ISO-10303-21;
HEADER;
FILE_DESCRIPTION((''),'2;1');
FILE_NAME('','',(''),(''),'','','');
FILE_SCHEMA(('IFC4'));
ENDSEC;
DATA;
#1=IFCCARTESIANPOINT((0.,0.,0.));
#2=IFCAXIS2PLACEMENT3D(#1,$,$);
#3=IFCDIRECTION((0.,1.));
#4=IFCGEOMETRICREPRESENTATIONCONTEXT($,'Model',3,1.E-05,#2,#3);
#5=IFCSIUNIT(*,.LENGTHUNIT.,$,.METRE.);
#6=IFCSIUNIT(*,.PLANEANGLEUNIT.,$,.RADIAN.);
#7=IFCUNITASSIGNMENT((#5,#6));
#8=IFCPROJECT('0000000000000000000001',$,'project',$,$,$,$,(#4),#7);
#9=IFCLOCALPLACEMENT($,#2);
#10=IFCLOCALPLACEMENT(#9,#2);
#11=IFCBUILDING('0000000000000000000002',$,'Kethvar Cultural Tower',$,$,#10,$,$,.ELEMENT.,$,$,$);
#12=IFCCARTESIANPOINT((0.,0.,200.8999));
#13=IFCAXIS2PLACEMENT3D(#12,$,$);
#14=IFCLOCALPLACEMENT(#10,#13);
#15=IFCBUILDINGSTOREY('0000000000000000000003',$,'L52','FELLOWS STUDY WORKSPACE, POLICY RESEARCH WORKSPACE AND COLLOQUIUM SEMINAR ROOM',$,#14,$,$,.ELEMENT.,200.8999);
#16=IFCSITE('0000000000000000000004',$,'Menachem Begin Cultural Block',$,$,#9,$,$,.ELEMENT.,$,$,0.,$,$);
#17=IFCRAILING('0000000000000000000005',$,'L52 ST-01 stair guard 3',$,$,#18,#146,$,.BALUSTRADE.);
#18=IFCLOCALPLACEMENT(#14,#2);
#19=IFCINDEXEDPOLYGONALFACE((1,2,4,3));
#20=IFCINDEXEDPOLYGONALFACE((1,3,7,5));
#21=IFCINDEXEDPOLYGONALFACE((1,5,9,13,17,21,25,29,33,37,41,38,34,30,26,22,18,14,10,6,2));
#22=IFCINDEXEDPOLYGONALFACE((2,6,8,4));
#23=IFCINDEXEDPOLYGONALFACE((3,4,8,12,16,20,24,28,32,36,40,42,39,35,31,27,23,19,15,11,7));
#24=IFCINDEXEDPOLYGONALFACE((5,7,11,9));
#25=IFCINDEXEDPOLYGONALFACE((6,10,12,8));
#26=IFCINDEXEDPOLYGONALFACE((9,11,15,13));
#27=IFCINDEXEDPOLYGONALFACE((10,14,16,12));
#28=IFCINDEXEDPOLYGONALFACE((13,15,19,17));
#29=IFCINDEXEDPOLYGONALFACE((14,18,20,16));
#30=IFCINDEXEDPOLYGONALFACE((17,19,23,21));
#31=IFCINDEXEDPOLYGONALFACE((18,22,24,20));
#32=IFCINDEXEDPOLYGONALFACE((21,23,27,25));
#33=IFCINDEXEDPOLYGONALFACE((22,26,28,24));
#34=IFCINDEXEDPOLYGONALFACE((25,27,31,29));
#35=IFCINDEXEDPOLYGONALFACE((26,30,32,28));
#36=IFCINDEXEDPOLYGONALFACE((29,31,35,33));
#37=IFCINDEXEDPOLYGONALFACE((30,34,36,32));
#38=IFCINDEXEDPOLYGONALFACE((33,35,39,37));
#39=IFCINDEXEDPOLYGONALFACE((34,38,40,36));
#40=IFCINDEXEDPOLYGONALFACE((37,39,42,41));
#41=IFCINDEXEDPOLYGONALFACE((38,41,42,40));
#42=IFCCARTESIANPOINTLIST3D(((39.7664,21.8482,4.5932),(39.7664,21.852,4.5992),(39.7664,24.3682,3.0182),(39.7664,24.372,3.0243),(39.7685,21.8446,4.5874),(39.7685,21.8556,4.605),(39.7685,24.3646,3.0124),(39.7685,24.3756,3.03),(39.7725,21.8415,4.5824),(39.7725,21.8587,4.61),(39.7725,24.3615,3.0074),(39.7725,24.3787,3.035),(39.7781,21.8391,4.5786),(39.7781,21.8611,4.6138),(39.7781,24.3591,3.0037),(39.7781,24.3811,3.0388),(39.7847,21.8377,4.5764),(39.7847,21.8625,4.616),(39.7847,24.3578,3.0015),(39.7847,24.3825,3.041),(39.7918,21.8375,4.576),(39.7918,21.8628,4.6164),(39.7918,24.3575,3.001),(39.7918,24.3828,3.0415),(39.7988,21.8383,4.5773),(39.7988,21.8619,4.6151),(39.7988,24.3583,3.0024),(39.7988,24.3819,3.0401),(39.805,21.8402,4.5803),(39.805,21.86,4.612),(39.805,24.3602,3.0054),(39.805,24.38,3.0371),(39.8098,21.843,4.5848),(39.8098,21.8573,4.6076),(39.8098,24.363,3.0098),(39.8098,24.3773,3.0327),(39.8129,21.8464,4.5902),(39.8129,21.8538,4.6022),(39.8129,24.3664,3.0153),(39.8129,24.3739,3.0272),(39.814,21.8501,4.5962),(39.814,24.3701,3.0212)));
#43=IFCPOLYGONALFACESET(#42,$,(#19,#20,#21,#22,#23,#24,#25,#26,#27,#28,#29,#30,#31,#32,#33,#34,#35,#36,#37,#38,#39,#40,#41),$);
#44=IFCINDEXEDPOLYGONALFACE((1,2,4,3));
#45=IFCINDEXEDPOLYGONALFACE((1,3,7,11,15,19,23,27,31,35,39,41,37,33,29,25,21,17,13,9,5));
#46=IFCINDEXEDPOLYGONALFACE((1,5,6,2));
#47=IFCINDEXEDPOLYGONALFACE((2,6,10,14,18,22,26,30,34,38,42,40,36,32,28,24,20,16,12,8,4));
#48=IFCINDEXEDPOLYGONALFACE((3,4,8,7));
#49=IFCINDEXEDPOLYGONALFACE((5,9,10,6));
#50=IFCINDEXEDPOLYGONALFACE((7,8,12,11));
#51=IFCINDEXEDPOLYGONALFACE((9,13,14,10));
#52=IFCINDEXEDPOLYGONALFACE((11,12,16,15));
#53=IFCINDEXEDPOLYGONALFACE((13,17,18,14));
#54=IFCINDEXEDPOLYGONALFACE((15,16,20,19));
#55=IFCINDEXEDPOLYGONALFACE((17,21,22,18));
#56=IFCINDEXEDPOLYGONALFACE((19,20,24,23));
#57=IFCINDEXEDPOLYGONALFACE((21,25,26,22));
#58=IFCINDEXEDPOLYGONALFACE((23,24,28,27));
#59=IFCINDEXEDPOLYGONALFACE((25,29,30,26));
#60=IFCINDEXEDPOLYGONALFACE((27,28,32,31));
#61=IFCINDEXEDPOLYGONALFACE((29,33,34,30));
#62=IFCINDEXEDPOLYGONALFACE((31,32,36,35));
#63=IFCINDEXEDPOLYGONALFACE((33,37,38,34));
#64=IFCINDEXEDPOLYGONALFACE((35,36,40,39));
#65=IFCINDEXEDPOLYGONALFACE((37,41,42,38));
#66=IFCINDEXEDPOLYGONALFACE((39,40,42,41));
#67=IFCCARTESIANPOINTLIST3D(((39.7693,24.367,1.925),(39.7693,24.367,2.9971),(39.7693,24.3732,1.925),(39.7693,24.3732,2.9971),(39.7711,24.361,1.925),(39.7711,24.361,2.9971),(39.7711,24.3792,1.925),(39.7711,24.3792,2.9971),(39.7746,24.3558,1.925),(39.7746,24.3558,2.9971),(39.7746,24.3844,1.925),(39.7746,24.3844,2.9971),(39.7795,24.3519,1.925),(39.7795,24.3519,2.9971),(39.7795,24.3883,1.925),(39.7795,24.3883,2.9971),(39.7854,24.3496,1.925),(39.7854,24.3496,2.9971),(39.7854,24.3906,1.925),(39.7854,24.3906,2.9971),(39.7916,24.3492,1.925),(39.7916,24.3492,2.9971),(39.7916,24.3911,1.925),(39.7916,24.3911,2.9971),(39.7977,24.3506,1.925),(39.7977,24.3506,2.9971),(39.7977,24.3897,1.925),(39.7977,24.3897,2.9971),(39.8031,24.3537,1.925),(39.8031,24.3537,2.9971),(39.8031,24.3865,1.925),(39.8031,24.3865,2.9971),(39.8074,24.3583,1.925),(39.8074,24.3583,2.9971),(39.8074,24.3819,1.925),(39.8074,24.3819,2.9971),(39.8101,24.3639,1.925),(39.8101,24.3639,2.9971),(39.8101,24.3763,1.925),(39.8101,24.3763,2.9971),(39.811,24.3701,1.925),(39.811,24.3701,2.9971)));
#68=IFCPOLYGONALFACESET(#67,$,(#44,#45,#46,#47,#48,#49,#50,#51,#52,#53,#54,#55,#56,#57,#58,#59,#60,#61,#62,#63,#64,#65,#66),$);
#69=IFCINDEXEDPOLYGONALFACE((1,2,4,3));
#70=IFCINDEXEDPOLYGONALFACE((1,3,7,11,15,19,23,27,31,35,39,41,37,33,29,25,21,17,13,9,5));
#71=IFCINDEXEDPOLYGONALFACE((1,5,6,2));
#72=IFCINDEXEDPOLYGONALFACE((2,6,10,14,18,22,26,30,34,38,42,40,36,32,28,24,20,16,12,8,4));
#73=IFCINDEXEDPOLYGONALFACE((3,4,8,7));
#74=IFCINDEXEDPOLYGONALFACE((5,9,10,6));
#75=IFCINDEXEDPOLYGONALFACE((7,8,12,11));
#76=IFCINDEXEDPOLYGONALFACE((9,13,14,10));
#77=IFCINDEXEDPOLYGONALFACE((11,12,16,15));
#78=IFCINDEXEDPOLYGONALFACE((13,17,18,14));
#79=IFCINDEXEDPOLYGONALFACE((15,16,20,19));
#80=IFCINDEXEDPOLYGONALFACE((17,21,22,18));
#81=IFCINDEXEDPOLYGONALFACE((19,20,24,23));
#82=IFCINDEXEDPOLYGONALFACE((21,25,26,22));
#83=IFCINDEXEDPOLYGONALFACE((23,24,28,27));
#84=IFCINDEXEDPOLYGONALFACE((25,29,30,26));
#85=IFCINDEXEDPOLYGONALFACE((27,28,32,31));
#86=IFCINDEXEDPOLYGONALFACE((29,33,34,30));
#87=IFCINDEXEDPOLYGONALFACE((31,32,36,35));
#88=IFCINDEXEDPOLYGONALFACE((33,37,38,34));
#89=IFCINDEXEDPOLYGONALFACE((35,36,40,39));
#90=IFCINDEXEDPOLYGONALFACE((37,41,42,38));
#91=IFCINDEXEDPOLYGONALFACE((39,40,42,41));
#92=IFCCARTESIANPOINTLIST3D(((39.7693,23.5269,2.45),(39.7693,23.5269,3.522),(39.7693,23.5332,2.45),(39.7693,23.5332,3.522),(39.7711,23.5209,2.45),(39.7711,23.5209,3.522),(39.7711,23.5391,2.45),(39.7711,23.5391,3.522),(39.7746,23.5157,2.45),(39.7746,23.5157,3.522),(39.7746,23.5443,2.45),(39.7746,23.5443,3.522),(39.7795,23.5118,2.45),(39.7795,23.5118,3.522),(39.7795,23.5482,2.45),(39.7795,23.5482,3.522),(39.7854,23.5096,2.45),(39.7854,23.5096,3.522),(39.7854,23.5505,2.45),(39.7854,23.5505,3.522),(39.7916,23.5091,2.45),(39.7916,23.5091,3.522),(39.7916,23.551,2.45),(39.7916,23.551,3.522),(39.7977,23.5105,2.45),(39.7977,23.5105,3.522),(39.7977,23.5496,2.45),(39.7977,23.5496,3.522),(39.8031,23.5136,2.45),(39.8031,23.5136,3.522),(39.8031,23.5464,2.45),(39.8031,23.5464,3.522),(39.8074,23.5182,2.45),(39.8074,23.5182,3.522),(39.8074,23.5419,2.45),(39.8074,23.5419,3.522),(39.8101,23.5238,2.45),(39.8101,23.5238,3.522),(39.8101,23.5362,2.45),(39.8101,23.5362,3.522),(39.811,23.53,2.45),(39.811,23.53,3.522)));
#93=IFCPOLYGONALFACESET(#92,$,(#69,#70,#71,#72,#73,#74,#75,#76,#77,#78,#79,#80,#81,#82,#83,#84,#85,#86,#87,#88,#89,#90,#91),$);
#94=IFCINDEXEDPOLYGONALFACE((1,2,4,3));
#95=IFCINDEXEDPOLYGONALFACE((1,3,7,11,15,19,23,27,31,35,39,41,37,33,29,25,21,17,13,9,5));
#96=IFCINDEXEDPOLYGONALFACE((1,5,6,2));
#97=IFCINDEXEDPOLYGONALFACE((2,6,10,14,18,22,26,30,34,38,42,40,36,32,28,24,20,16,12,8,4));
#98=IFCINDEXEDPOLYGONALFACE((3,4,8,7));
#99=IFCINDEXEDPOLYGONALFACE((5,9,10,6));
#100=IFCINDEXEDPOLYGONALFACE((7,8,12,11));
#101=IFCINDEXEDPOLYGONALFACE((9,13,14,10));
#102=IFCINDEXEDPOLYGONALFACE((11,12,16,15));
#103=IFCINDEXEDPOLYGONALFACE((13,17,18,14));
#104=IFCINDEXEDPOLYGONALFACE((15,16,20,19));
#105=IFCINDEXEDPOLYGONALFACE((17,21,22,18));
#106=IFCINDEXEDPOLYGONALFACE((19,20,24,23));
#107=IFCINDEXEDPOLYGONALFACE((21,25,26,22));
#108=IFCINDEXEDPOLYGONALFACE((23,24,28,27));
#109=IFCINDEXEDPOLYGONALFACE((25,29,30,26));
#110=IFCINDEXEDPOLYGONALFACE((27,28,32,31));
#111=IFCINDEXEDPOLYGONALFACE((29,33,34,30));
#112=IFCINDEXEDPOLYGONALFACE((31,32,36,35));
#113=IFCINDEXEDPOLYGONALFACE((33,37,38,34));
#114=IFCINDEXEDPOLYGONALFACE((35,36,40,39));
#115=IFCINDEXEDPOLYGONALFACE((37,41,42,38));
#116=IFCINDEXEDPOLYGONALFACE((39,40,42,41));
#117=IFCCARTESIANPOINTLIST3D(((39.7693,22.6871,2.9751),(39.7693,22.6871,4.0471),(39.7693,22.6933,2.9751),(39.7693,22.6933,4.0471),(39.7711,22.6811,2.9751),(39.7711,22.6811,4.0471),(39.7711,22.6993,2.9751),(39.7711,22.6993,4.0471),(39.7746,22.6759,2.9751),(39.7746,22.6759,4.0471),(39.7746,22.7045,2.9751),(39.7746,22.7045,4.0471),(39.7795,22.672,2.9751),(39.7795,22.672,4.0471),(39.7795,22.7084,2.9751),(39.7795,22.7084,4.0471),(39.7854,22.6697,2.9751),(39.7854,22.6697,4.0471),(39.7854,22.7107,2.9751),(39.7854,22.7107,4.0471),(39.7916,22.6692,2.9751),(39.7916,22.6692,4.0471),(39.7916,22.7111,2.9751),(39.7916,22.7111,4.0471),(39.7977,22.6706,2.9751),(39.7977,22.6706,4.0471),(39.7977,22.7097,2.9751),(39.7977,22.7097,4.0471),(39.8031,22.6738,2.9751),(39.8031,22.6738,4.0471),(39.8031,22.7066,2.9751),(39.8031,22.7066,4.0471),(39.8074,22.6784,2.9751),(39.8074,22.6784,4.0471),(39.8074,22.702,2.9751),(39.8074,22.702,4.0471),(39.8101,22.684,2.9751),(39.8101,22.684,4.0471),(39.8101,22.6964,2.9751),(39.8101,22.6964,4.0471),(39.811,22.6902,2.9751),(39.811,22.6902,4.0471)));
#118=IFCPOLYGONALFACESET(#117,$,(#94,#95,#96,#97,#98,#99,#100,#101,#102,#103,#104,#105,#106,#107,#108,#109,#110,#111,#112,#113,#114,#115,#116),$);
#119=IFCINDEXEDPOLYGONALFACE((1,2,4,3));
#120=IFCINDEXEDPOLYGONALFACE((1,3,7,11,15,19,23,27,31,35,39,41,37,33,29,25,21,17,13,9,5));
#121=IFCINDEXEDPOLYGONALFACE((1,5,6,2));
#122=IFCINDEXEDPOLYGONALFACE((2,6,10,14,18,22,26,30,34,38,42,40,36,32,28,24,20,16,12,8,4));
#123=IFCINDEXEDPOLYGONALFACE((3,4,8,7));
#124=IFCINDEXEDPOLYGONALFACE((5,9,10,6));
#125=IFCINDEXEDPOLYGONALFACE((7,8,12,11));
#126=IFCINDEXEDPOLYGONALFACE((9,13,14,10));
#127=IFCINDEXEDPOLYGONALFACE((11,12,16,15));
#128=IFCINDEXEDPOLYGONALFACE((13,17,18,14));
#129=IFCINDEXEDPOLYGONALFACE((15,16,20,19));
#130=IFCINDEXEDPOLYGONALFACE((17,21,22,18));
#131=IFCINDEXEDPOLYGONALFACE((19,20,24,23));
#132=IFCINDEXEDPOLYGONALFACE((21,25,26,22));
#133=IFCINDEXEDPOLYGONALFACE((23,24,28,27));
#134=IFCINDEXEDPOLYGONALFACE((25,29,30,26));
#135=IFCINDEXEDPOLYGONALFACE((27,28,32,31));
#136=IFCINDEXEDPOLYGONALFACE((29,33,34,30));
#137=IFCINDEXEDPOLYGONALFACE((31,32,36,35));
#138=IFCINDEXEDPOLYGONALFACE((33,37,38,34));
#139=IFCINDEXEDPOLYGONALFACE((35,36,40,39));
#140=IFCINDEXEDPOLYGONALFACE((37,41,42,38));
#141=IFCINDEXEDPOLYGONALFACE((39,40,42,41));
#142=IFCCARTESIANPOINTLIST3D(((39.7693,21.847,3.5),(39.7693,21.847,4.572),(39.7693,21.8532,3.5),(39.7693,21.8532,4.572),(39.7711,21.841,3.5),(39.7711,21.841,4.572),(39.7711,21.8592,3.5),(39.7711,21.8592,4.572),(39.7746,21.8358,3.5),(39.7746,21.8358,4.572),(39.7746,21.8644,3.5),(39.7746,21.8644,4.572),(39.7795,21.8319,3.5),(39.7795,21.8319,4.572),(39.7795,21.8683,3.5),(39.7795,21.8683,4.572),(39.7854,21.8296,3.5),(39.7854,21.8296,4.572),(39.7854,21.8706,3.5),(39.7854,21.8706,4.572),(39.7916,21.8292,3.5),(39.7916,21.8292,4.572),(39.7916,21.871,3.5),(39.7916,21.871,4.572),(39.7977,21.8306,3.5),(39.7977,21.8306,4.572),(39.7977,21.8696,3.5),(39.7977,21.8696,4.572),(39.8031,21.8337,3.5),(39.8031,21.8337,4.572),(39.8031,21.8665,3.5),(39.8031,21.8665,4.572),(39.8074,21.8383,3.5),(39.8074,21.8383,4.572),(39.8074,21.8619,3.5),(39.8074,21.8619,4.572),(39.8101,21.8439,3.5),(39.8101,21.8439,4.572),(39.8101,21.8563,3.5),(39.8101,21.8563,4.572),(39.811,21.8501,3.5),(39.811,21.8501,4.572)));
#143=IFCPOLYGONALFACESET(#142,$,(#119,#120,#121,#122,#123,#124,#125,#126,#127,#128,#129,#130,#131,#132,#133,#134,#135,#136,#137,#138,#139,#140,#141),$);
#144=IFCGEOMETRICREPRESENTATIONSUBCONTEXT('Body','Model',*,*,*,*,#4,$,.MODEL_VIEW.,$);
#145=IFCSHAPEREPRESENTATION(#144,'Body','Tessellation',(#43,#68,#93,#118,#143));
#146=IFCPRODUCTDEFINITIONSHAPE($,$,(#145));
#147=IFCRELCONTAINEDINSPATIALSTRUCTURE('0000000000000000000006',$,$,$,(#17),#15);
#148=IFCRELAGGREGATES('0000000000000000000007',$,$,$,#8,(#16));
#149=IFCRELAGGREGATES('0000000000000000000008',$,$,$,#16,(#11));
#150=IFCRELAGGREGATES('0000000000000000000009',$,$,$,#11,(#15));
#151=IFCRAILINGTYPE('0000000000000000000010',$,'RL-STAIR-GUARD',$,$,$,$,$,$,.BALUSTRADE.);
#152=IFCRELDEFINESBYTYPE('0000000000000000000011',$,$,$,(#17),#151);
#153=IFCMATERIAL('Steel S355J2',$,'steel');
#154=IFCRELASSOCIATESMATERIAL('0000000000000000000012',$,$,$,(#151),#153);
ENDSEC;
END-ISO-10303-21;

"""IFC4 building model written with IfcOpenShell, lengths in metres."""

from ifc_helpers import new_model, si_unit, direction, frame, origin, origin_2d, place, context, subcontext, project, spatial, circle, extrude, material, type_object, element, save


model = new_model("IFC4")

# Units and contexts
model_context = context("Model", 3, precision=1e-05, world=origin(), true_north=direction((0.0, 1.0)))
body_context = subcontext(model_context, "Body", "Model", "MODEL_VIEW")
ifc_project = project(units=[si_unit("LENGTHUNIT", "METRE"), si_unit("PLANEANGLEUNIT", "RADIAN")], contexts=[model_context])

# Site, building, storey
site_placement = place(None, origin())
site = spatial("IfcSite", under=ifc_project, at=site_placement, Name="Menachem Begin Cultural Block", CompositionType="ELEMENT", RefElevation=0.0)
building_placement = place(site_placement, origin())
building = spatial("IfcBuilding", under=site, at=building_placement, Name="Kethvar Cultural Tower", CompositionType="ELEMENT")
storey_placement = place(building_placement, frame((0.0, 0.0, 200.8999)))
storey = spatial("IfcBuildingStorey", under=building, at=storey_placement, Name="L52", Description="FELLOWS STUDY WORKSPACE, POLICY RESEARCH WORKSPACE AND COLLOQUIUM SEMINAR ROOM", CompositionType="ELEMENT", Elevation=200.8999)

# Shared definitions
ifc_material_1 = material(Name="Steel S355J2", Category="steel")

# Railing
railing_type_1 = type_object("IfcRailingType", Name="RL-STAIR-GUARD", PredefinedType="BALUSTRADE", material=ifc_material_1)
railing_1_placement = place(storey_placement, frame((39.79, 24.3701, 1.925)))
element("IfcRailing", 1, at=railing_1_placement, inside=storey, type_object=railing_type_1, Name="L52 ST-01 stair guard 3", PredefinedType="BALUSTRADE", context=body_context, shape_type="SweptSolid", body=[
    extrude(circle(Radius=0.0239, at=origin_2d()), frame((0.0, 0.0, 1.0962), z_axis=(0.0, -0.848008, 0.529984), x_axis=(1.0, 0.0, 0.0)), (0.0, 0.0, 1.0), 2.9717),
    extrude(circle(Radius=0.021, at=origin_2d()), origin(), (0.0, 0.0, 1.0), 1.072),
    extrude(circle(Radius=0.021, at=origin_2d()), frame((0.0, -0.8401, 0.5249)), (0.0, 0.0, 1.0), 1.072),
    extrude(circle(Radius=0.021, at=origin_2d()), frame((0.0, -1.6799, 1.05)), (0.0, 0.0, 1.0), 1.072),
    extrude(circle(Radius=0.021, at=origin_2d()), frame((0.0, -2.52, 1.575)), (0.0, 0.0, 1.0), 1.072),
])

save(model, "model.ifc")
